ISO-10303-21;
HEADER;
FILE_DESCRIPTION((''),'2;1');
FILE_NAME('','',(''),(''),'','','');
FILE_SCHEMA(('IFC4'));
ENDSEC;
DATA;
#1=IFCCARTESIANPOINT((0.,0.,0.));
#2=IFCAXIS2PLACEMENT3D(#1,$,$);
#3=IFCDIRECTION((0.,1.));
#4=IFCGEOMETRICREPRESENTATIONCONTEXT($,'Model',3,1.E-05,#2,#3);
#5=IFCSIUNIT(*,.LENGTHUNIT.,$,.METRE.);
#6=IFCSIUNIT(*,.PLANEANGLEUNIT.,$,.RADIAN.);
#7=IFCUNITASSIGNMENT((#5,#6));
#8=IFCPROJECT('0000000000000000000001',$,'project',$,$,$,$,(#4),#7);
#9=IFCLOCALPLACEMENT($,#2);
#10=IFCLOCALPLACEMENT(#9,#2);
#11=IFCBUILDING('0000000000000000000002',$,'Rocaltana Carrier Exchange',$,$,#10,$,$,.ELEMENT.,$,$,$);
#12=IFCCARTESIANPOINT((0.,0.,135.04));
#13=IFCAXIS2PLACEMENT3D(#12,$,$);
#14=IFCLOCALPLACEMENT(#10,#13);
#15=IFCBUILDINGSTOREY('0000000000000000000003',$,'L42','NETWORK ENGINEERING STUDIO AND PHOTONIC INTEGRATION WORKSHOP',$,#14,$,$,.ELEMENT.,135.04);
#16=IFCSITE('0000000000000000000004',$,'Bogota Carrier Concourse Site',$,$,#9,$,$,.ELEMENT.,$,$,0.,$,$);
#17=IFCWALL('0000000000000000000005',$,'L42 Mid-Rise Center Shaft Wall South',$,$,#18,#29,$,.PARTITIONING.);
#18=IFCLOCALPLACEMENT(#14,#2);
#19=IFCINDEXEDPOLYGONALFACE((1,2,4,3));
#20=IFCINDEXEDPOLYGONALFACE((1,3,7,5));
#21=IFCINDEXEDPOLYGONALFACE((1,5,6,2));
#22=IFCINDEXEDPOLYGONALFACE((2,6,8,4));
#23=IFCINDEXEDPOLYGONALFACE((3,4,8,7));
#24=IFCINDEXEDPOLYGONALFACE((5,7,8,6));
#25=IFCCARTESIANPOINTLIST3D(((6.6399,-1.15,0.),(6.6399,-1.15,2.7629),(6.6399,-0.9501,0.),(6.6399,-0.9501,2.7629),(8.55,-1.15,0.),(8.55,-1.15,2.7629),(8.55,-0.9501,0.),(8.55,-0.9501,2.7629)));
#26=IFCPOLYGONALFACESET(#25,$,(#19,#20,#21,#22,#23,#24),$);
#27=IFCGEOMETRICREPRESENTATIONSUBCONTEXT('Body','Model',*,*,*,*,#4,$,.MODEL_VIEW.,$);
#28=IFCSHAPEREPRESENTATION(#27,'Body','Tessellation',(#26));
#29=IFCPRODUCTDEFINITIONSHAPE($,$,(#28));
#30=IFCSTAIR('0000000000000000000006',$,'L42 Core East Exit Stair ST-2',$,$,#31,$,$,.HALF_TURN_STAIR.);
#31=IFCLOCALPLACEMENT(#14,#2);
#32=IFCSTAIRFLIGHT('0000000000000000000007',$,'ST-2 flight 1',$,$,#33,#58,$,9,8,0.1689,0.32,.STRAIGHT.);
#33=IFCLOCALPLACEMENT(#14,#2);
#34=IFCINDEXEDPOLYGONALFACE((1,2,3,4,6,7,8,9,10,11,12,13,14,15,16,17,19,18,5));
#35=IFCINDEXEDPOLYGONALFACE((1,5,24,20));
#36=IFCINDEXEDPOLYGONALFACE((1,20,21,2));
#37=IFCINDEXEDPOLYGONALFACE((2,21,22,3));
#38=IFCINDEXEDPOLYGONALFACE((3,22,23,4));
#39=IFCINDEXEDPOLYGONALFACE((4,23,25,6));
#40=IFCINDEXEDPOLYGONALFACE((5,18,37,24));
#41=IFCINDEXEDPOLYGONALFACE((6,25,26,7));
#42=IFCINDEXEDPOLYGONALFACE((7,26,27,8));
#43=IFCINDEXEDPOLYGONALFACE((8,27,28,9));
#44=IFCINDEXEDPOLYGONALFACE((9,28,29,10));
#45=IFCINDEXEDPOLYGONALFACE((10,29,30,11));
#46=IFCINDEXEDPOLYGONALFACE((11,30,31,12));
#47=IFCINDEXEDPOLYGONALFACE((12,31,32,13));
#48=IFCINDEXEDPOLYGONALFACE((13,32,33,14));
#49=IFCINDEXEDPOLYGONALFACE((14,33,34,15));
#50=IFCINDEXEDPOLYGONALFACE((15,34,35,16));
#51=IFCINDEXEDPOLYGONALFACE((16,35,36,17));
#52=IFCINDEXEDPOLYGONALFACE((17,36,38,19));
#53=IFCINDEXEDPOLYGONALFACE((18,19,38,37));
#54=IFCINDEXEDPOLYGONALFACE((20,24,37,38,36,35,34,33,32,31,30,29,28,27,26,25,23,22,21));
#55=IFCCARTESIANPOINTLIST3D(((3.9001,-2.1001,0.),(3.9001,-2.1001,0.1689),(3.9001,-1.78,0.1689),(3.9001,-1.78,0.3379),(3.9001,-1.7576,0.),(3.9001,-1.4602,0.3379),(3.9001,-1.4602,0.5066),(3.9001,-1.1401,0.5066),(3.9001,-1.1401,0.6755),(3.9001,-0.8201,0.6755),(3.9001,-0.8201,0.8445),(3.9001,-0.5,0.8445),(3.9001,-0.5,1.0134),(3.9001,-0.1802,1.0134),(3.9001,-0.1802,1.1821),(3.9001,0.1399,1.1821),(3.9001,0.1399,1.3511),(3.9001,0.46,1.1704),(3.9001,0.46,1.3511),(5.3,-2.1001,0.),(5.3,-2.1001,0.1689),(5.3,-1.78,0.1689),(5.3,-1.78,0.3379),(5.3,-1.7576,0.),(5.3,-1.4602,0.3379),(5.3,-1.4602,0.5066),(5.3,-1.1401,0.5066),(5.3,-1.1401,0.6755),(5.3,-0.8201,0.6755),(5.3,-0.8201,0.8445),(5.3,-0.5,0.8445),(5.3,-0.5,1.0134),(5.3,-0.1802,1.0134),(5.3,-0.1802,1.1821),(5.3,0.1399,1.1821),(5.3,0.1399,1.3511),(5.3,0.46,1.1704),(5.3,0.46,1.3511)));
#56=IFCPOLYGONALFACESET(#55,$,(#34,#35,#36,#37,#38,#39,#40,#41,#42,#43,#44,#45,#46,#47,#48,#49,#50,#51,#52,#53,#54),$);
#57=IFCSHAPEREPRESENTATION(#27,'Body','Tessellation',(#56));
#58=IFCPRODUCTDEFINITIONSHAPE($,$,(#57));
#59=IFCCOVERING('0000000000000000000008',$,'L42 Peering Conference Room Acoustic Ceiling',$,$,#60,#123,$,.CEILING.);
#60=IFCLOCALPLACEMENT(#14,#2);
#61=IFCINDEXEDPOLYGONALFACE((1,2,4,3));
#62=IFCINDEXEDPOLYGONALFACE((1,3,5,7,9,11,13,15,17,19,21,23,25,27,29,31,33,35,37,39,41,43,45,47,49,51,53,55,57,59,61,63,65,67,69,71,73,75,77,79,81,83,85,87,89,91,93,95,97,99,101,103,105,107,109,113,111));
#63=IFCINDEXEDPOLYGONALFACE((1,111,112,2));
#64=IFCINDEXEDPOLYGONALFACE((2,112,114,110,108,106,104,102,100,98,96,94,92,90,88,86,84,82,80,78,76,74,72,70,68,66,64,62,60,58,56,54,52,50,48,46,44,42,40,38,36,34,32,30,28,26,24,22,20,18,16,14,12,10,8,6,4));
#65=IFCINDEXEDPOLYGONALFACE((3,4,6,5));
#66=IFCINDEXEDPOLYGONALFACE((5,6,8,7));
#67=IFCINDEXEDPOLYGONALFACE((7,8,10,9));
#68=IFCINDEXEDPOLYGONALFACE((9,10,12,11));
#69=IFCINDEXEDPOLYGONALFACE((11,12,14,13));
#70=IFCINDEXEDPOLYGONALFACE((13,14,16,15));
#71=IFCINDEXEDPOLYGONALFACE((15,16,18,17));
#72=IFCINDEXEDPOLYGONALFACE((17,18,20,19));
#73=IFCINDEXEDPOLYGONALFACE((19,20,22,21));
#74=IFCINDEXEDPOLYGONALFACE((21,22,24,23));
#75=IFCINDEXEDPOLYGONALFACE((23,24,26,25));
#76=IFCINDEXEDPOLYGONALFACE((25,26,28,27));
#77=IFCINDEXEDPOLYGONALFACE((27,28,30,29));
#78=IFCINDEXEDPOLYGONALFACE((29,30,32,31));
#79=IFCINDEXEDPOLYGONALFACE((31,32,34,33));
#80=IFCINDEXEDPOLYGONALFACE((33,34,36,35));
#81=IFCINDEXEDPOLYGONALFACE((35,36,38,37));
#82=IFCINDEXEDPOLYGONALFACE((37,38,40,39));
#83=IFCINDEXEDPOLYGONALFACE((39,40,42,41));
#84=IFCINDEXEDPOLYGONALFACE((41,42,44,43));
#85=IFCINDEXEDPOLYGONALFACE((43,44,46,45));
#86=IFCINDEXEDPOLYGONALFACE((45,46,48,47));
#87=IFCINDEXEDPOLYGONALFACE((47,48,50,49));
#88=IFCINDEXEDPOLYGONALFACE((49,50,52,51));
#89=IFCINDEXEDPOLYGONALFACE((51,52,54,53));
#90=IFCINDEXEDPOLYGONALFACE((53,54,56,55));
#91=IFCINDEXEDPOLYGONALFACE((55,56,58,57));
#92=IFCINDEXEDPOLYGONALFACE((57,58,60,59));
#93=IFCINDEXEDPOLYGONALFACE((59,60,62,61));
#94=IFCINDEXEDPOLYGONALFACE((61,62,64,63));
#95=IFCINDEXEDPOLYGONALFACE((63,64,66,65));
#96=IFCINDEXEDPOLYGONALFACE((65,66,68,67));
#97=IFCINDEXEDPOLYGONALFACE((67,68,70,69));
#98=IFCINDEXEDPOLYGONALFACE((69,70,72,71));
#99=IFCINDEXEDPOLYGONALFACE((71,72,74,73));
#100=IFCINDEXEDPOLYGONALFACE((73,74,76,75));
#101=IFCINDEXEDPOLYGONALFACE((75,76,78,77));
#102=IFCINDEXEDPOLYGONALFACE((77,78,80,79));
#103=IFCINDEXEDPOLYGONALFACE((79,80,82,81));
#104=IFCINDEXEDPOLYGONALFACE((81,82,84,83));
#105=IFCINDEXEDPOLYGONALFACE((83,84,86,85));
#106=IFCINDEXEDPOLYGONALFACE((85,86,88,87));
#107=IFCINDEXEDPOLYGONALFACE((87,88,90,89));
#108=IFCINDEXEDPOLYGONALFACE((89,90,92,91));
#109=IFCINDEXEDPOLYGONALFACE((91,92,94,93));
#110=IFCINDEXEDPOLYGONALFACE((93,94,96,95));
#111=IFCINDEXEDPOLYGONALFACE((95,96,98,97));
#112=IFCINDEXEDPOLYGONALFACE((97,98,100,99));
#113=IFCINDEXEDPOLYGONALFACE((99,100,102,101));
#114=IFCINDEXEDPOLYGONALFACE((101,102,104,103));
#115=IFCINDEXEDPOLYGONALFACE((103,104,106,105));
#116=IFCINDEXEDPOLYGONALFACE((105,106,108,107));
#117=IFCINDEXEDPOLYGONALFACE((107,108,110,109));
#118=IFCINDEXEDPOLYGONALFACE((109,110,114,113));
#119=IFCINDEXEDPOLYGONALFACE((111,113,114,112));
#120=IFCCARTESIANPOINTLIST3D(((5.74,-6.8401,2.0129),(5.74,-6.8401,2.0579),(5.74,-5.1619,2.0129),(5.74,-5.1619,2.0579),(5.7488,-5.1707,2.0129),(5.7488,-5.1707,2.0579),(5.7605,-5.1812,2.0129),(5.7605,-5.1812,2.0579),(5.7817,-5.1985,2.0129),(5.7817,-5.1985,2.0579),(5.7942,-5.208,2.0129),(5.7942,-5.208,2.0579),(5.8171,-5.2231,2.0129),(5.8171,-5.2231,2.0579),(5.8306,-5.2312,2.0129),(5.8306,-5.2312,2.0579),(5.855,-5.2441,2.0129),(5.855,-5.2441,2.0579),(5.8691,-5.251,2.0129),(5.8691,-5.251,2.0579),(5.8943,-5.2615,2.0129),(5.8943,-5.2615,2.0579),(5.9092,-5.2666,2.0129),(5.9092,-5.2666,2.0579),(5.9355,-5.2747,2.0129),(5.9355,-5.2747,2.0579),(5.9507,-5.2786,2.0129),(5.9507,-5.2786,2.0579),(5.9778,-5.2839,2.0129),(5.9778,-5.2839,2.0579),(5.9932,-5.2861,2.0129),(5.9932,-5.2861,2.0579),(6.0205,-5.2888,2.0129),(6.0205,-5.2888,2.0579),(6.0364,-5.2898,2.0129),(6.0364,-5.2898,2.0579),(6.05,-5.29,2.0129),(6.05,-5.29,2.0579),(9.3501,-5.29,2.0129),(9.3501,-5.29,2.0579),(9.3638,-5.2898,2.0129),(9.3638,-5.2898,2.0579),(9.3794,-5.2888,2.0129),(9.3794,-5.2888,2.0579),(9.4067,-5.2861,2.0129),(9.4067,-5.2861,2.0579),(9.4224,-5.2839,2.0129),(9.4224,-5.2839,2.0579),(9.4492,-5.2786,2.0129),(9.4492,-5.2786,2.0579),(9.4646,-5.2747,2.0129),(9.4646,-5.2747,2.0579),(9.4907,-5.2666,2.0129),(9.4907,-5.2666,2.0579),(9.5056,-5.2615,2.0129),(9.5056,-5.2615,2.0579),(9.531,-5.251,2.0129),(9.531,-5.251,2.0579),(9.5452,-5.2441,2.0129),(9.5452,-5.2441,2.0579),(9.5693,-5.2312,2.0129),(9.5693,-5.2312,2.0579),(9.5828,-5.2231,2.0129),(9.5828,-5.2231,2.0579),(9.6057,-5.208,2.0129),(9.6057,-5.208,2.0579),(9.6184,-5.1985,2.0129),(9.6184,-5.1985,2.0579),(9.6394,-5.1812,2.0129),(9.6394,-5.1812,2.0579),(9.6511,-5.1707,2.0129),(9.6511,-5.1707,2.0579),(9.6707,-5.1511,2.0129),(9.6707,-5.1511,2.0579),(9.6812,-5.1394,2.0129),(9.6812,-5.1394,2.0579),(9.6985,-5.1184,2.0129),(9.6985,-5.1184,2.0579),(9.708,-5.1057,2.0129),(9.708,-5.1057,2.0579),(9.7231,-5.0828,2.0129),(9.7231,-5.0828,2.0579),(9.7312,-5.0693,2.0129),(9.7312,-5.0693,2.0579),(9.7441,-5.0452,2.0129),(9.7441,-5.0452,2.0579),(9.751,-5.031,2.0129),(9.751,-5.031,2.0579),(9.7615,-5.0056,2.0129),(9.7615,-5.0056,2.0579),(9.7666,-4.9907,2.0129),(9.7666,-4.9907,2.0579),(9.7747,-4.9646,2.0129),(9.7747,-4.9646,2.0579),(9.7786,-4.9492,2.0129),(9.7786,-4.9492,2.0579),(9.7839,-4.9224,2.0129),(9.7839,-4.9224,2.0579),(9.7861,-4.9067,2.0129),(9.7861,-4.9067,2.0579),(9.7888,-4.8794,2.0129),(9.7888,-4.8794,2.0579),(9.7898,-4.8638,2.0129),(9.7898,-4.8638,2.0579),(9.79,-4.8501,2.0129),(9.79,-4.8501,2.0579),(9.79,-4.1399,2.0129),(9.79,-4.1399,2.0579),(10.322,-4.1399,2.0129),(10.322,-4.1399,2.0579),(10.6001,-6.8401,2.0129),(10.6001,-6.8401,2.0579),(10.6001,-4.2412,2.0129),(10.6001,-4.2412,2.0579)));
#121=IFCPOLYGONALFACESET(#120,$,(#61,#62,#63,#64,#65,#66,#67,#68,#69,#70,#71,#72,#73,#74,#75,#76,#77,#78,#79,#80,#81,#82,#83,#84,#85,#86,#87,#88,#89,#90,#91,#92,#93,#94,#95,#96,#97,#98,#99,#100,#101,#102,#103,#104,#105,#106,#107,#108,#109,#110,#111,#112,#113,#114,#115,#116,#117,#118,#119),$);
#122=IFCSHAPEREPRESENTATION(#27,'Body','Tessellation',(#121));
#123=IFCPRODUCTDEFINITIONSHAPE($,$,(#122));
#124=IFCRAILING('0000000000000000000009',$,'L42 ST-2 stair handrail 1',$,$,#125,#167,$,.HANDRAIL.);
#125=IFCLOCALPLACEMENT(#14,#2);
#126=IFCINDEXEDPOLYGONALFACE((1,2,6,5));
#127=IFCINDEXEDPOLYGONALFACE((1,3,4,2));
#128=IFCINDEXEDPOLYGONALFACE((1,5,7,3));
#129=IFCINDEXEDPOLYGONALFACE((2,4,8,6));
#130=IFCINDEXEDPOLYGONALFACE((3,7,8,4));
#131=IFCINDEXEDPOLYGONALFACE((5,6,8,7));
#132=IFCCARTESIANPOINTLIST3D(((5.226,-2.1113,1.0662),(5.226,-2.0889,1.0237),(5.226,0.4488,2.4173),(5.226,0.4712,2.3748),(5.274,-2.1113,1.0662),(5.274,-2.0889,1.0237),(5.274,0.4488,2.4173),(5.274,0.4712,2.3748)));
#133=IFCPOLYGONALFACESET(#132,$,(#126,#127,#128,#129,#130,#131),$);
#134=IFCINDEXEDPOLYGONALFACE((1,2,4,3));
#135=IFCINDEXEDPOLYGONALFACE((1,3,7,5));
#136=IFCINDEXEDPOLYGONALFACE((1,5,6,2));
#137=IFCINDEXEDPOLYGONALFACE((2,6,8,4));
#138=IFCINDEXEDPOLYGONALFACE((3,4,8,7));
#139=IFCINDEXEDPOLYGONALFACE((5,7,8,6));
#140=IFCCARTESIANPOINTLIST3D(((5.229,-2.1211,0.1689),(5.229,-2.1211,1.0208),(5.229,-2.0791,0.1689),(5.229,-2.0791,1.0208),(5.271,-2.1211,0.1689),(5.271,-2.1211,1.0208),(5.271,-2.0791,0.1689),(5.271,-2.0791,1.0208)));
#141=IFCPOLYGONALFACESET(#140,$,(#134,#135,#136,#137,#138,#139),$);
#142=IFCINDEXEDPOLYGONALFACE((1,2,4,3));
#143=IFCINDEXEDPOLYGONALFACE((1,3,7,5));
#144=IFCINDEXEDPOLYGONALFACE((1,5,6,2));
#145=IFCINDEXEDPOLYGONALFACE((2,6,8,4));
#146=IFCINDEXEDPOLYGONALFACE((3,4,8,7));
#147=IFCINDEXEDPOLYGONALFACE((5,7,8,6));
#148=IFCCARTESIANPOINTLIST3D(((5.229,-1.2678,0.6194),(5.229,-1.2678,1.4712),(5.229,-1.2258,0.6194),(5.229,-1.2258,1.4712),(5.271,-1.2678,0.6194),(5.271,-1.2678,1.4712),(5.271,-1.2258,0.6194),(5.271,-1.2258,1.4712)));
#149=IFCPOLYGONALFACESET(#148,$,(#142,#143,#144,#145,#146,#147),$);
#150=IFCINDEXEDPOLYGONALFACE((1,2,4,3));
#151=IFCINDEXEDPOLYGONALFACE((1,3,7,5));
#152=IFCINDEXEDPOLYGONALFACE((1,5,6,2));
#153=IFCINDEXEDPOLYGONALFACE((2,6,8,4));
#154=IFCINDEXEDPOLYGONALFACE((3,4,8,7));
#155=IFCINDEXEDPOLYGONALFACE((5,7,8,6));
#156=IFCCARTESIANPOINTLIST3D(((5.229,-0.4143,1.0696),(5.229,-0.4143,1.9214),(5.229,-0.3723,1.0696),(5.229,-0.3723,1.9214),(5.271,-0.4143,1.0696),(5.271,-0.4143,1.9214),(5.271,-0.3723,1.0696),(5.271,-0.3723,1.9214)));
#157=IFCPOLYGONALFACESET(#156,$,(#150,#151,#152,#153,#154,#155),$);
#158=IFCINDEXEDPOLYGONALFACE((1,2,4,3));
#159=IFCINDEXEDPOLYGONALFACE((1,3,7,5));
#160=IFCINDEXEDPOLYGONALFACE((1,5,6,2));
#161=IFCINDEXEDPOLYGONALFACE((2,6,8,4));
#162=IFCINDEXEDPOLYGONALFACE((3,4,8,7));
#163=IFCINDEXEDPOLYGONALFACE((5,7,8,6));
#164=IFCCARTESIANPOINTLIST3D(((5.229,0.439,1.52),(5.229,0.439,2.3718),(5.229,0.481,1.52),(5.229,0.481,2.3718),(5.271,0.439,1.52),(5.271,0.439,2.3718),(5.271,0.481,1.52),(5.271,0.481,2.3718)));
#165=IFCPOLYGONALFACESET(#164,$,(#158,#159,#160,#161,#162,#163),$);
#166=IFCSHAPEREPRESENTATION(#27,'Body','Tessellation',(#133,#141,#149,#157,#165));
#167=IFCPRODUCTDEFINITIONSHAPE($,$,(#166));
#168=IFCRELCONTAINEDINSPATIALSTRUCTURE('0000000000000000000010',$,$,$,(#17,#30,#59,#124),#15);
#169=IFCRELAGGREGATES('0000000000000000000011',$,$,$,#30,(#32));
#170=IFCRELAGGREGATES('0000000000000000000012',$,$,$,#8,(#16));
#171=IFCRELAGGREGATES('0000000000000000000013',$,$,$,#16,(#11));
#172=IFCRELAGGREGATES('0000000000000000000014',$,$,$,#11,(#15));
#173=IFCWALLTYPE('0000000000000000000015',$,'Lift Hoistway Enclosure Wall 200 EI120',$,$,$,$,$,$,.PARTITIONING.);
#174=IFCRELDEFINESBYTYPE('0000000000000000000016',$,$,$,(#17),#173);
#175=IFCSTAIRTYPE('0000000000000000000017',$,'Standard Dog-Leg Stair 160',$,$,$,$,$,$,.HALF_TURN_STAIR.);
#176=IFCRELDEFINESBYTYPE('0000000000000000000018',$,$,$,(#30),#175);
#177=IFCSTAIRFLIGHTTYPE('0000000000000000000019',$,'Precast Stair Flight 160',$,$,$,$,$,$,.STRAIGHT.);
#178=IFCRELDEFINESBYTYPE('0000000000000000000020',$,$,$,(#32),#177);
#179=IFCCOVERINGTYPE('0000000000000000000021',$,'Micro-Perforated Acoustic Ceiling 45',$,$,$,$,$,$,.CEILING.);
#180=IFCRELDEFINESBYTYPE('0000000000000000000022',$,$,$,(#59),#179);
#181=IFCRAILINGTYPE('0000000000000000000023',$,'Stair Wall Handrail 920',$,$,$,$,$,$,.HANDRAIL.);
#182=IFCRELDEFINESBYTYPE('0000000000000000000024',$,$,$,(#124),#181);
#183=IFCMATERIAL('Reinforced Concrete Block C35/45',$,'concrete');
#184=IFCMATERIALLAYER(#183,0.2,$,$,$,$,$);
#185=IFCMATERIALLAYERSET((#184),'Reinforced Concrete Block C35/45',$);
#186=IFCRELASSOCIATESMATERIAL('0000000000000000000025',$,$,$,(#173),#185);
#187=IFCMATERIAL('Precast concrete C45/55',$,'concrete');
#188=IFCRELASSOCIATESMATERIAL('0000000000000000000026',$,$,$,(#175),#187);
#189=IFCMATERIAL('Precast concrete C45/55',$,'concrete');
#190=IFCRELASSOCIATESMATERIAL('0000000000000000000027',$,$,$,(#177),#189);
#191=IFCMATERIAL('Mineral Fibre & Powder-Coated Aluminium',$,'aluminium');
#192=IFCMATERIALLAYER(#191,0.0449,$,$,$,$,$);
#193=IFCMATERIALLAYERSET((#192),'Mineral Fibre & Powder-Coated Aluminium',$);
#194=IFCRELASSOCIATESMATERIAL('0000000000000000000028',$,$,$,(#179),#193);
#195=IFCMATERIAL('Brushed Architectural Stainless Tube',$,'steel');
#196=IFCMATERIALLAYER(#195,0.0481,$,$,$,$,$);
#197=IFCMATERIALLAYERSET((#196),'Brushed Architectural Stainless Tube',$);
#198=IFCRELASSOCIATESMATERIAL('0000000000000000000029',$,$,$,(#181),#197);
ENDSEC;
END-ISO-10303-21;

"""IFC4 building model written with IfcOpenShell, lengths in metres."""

from ifc_helpers import new_model, si_unit, direction, frame, frame_2d, origin, origin_2d, place, context, subcontext, project, spatial, polyline, rectangle, outline, extrude, material, layer, layer_set, type_object, element, aggregate, save


model = new_model("IFC4")

# Units and contexts
model_context = context("Model", 3, precision=1e-05, world=origin(), true_north=direction((0.0, 1.0)))
body_context = subcontext(model_context, "Body", "Model", "MODEL_VIEW")
ifc_project = project(units=[si_unit("LENGTHUNIT", "METRE"), si_unit("PLANEANGLEUNIT", "RADIAN")], contexts=[model_context])

# Site, building, storey
site_placement = place(None, origin())
site = spatial("IfcSite", under=ifc_project, at=site_placement, Name="Bogota Carrier Concourse Site", CompositionType="ELEMENT", RefElevation=0.0)
building_placement = place(site_placement, origin())
building = spatial("IfcBuilding", under=site, at=building_placement, Name="Rocaltana Carrier Exchange", CompositionType="ELEMENT")
storey_placement = place(building_placement, frame((0.0, 0.0, 135.04)))
storey = spatial("IfcBuildingStorey", under=building, at=storey_placement, Name="L42", Description="NETWORK ENGINEERING STUDIO AND PHOTONIC INTEGRATION WORKSHOP", CompositionType="ELEMENT", Elevation=135.04)

# Wall
ifc_material_1 = material(Name="Reinforced Concrete Block C35/45", Category="concrete")
ifc_layer_1 = layer(ifc_material_1, 0.2)
ifc_layer_set_1 = layer_set([ifc_layer_1], Name="Reinforced Concrete Block C35/45")
wall_type_1 = type_object("IfcWallType", Name="Lift Hoistway Enclosure Wall 200 EI120", PredefinedType="PARTITIONING", material=ifc_layer_set_1)
wall_1_placement = place(storey_placement, frame((6.6399, -1.05, 0.0), z_axis=(0.0, 0.0, 1.0), x_axis=(1.0, 0.0, 0.0)))
element("IfcWall", 1, at=wall_1_placement, inside=storey, type_object=wall_type_1, Name="L42 Mid-Rise Center Shaft Wall South", PredefinedType="PARTITIONING", context=body_context, shape_type="SweptSolid", body=[
    extrude(rectangle(XDim=1.9102, YDim=0.2, at=frame_2d((0.9551, 0.0))), origin(), (0.0, 0.0, 1.0), 2.7629),
])

# Stair, stair flight
ifc_material_2 = material(Name="Precast concrete C45/55", Category="concrete")
stair_type = type_object("IfcStairType", Name="Standard Dog-Leg Stair 160", PredefinedType="HALF_TURN_STAIR", material=ifc_material_2)
stair_placement = place(storey_placement, origin())
stair = element("IfcStair", 2, at=stair_placement, inside=storey, type_object=stair_type, Name="L42 Core East Exit Stair ST-2", PredefinedType="HALF_TURN_STAIR")
ifc_material_3 = material(Name="Precast concrete C45/55", Category="concrete")
stair_flight_type = type_object("IfcStairFlightType", Name="Precast Stair Flight 160", PredefinedType="STRAIGHT", material=ifc_material_3)
stair_flight_placement = place(storey_placement, frame((4.6001, -2.1001, 0.0), z_axis=(0.0, 0.0, 1.0), x_axis=(0.0, 1.0, 0.0)))
stair_flight = element("IfcStairFlight", 3, at=stair_flight_placement, type_object=stair_flight_type, Name="ST-2 flight 1", NumberOfRisers=9, NumberOfTreads=8, PredefinedType="STRAIGHT", RiserHeight=0.1689, TreadLength=0.32, context=body_context, shape_type="SweptSolid", body=[
    extrude(outline(polyline([(0.0, 0.0), (0.0, 0.1689), (0.3201, 0.1689), (0.3201, 0.3379), (0.6399, 0.3379), (0.6399, 0.5066), (0.96, 0.5066), (0.96, 0.6755), (1.28, 0.6755), (1.28, 0.8445), (1.6001, 0.8445), (1.6001, 1.0134), (1.9199, 1.0134), (1.9199, 1.1821), (2.24, 1.1821), (2.24, 1.3511), (2.5601, 1.3511), (2.5601, 1.52), (2.5601, 1.1704), (0.3425, 0.0), (0.0, 0.0)])), frame((0.0, 0.7, 0.0), z_axis=(0.0, -1.0, 0.0), x_axis=(1.0, 0.0, 0.0)), (0.0, 0.0, 1.0), 1.3999),
])
aggregate(stair, [stair_flight])

# Covering
ifc_material_4 = material(Name="Mineral Fibre & Powder-Coated Aluminium", Category="aluminium")
ifc_layer_2 = layer(ifc_material_4, 0.0449)
ifc_layer_set_2 = layer_set([ifc_layer_2], Name="Mineral Fibre & Powder-Coated Aluminium")
covering_type = type_object("IfcCoveringType", Name="Micro-Perforated Acoustic Ceiling 45", PredefinedType="CEILING", material=ifc_layer_set_2)
covering_placement = place(storey_placement, frame((0.0, 0.0, 2.0129)))
element("IfcCovering", 4, at=covering_placement, inside=storey, type_object=covering_type, Name="L42 Peering Conference Room Acoustic Ceiling", PredefinedType="CEILING", context=body_context, shape_type="SweptSolid", body=[
    extrude(outline(polyline([(5.74, -6.8401), (5.74, -5.1619), (5.7488, -5.1707), (5.7605, -5.1812), (5.7817, -5.1985), (5.7942, -5.208), (5.8171, -5.2231), (5.8306, -5.2312), (5.855, -5.2441), (5.8691, -5.251), (5.8943, -5.2615), (5.9092, -5.2666), (5.9355, -5.2747), (5.9507, -5.2786), (5.9778, -5.2839), (5.9932, -5.2861), (6.0205, -5.2888), (6.0364, -5.2898), (6.05, -5.29), (9.3501, -5.29), (9.3638, -5.2898), (9.3794, -5.2888), (9.4067, -5.2861), (9.4224, -5.2839), (9.4492, -5.2786), (9.4646, -5.2747), (9.4907, -5.2666), (9.5056, -5.2615), (9.531, -5.251), (9.5452, -5.2441), (9.5693, -5.2312), (9.5828, -5.2231), (9.6057, -5.208), (9.6184, -5.1985), (9.6394, -5.1812), (9.6511, -5.1707), (9.6707, -5.1511), (9.6812, -5.1394), (9.6985, -5.1184), (9.708, -5.1057), (9.7231, -5.0828), (9.7312, -5.0693), (9.7441, -5.0452), (9.751, -5.031), (9.7615, -5.0056), (9.7666, -4.9907), (9.7747, -4.9646), (9.7786, -4.9492), (9.7839, -4.9224), (9.7861, -4.9067), (9.7888, -4.8794), (9.7898, -4.8638), (9.79, -4.8501), (9.79, -4.1399), (10.322, -4.1399), (10.6001, -4.2412), (10.6001, -6.8401), (5.74, -6.8401)])), origin(), (0.0, 0.0, 1.0), 0.0449),
])

# Railing
ifc_material_5 = material(Name="Brushed Architectural Stainless Tube", Category="steel")
ifc_layer_3 = layer(ifc_material_5, 0.0481)
ifc_layer_set_3 = layer_set([ifc_layer_3], Name="Brushed Architectural Stainless Tube")
railing_type_1 = type_object("IfcRailingType", Name="Stair Wall Handrail 920", PredefinedType="HANDRAIL", material=ifc_layer_set_3)
railing_1_placement = place(storey_placement, frame((5.25, -2.1001, 0.1689)))
element("IfcRailing", 5, at=railing_1_placement, inside=storey, type_object=railing_type_1, Name="L42 ST-2 stair handrail 1", PredefinedType="HANDRAIL", context=body_context, shape_type="SweptSolid", body=[
    extrude(rectangle(XDim=0.0481, YDim=0.0481, at=origin_2d()), frame((0.0, 0.0, 0.876), z_axis=(0.0, 0.884394, 0.46674), x_axis=(-1.0, 0.0, 0.0)), (0.0, 0.0, 1.0), 2.8948),
    extrude(rectangle(XDim=0.042, YDim=0.042, at=origin_2d()), origin(), (0.0, 0.0, 1.0), 0.8518),
    extrude(rectangle(XDim=0.042, YDim=0.042, at=origin_2d()), frame((0.0, 0.8533, 0.4504)), (0.0, 0.0, 1.0), 0.8518),
    extrude(rectangle(XDim=0.042, YDim=0.042, at=origin_2d()), frame((0.0, 1.7068, 0.9006)), (0.0, 0.0, 1.0), 0.8518),
    extrude(rectangle(XDim=0.042, YDim=0.042, at=origin_2d()), frame((0.0, 2.5601, 1.3511)), (0.0, 0.0, 1.0), 0.8518),
])

save(model, "model.ifc")
